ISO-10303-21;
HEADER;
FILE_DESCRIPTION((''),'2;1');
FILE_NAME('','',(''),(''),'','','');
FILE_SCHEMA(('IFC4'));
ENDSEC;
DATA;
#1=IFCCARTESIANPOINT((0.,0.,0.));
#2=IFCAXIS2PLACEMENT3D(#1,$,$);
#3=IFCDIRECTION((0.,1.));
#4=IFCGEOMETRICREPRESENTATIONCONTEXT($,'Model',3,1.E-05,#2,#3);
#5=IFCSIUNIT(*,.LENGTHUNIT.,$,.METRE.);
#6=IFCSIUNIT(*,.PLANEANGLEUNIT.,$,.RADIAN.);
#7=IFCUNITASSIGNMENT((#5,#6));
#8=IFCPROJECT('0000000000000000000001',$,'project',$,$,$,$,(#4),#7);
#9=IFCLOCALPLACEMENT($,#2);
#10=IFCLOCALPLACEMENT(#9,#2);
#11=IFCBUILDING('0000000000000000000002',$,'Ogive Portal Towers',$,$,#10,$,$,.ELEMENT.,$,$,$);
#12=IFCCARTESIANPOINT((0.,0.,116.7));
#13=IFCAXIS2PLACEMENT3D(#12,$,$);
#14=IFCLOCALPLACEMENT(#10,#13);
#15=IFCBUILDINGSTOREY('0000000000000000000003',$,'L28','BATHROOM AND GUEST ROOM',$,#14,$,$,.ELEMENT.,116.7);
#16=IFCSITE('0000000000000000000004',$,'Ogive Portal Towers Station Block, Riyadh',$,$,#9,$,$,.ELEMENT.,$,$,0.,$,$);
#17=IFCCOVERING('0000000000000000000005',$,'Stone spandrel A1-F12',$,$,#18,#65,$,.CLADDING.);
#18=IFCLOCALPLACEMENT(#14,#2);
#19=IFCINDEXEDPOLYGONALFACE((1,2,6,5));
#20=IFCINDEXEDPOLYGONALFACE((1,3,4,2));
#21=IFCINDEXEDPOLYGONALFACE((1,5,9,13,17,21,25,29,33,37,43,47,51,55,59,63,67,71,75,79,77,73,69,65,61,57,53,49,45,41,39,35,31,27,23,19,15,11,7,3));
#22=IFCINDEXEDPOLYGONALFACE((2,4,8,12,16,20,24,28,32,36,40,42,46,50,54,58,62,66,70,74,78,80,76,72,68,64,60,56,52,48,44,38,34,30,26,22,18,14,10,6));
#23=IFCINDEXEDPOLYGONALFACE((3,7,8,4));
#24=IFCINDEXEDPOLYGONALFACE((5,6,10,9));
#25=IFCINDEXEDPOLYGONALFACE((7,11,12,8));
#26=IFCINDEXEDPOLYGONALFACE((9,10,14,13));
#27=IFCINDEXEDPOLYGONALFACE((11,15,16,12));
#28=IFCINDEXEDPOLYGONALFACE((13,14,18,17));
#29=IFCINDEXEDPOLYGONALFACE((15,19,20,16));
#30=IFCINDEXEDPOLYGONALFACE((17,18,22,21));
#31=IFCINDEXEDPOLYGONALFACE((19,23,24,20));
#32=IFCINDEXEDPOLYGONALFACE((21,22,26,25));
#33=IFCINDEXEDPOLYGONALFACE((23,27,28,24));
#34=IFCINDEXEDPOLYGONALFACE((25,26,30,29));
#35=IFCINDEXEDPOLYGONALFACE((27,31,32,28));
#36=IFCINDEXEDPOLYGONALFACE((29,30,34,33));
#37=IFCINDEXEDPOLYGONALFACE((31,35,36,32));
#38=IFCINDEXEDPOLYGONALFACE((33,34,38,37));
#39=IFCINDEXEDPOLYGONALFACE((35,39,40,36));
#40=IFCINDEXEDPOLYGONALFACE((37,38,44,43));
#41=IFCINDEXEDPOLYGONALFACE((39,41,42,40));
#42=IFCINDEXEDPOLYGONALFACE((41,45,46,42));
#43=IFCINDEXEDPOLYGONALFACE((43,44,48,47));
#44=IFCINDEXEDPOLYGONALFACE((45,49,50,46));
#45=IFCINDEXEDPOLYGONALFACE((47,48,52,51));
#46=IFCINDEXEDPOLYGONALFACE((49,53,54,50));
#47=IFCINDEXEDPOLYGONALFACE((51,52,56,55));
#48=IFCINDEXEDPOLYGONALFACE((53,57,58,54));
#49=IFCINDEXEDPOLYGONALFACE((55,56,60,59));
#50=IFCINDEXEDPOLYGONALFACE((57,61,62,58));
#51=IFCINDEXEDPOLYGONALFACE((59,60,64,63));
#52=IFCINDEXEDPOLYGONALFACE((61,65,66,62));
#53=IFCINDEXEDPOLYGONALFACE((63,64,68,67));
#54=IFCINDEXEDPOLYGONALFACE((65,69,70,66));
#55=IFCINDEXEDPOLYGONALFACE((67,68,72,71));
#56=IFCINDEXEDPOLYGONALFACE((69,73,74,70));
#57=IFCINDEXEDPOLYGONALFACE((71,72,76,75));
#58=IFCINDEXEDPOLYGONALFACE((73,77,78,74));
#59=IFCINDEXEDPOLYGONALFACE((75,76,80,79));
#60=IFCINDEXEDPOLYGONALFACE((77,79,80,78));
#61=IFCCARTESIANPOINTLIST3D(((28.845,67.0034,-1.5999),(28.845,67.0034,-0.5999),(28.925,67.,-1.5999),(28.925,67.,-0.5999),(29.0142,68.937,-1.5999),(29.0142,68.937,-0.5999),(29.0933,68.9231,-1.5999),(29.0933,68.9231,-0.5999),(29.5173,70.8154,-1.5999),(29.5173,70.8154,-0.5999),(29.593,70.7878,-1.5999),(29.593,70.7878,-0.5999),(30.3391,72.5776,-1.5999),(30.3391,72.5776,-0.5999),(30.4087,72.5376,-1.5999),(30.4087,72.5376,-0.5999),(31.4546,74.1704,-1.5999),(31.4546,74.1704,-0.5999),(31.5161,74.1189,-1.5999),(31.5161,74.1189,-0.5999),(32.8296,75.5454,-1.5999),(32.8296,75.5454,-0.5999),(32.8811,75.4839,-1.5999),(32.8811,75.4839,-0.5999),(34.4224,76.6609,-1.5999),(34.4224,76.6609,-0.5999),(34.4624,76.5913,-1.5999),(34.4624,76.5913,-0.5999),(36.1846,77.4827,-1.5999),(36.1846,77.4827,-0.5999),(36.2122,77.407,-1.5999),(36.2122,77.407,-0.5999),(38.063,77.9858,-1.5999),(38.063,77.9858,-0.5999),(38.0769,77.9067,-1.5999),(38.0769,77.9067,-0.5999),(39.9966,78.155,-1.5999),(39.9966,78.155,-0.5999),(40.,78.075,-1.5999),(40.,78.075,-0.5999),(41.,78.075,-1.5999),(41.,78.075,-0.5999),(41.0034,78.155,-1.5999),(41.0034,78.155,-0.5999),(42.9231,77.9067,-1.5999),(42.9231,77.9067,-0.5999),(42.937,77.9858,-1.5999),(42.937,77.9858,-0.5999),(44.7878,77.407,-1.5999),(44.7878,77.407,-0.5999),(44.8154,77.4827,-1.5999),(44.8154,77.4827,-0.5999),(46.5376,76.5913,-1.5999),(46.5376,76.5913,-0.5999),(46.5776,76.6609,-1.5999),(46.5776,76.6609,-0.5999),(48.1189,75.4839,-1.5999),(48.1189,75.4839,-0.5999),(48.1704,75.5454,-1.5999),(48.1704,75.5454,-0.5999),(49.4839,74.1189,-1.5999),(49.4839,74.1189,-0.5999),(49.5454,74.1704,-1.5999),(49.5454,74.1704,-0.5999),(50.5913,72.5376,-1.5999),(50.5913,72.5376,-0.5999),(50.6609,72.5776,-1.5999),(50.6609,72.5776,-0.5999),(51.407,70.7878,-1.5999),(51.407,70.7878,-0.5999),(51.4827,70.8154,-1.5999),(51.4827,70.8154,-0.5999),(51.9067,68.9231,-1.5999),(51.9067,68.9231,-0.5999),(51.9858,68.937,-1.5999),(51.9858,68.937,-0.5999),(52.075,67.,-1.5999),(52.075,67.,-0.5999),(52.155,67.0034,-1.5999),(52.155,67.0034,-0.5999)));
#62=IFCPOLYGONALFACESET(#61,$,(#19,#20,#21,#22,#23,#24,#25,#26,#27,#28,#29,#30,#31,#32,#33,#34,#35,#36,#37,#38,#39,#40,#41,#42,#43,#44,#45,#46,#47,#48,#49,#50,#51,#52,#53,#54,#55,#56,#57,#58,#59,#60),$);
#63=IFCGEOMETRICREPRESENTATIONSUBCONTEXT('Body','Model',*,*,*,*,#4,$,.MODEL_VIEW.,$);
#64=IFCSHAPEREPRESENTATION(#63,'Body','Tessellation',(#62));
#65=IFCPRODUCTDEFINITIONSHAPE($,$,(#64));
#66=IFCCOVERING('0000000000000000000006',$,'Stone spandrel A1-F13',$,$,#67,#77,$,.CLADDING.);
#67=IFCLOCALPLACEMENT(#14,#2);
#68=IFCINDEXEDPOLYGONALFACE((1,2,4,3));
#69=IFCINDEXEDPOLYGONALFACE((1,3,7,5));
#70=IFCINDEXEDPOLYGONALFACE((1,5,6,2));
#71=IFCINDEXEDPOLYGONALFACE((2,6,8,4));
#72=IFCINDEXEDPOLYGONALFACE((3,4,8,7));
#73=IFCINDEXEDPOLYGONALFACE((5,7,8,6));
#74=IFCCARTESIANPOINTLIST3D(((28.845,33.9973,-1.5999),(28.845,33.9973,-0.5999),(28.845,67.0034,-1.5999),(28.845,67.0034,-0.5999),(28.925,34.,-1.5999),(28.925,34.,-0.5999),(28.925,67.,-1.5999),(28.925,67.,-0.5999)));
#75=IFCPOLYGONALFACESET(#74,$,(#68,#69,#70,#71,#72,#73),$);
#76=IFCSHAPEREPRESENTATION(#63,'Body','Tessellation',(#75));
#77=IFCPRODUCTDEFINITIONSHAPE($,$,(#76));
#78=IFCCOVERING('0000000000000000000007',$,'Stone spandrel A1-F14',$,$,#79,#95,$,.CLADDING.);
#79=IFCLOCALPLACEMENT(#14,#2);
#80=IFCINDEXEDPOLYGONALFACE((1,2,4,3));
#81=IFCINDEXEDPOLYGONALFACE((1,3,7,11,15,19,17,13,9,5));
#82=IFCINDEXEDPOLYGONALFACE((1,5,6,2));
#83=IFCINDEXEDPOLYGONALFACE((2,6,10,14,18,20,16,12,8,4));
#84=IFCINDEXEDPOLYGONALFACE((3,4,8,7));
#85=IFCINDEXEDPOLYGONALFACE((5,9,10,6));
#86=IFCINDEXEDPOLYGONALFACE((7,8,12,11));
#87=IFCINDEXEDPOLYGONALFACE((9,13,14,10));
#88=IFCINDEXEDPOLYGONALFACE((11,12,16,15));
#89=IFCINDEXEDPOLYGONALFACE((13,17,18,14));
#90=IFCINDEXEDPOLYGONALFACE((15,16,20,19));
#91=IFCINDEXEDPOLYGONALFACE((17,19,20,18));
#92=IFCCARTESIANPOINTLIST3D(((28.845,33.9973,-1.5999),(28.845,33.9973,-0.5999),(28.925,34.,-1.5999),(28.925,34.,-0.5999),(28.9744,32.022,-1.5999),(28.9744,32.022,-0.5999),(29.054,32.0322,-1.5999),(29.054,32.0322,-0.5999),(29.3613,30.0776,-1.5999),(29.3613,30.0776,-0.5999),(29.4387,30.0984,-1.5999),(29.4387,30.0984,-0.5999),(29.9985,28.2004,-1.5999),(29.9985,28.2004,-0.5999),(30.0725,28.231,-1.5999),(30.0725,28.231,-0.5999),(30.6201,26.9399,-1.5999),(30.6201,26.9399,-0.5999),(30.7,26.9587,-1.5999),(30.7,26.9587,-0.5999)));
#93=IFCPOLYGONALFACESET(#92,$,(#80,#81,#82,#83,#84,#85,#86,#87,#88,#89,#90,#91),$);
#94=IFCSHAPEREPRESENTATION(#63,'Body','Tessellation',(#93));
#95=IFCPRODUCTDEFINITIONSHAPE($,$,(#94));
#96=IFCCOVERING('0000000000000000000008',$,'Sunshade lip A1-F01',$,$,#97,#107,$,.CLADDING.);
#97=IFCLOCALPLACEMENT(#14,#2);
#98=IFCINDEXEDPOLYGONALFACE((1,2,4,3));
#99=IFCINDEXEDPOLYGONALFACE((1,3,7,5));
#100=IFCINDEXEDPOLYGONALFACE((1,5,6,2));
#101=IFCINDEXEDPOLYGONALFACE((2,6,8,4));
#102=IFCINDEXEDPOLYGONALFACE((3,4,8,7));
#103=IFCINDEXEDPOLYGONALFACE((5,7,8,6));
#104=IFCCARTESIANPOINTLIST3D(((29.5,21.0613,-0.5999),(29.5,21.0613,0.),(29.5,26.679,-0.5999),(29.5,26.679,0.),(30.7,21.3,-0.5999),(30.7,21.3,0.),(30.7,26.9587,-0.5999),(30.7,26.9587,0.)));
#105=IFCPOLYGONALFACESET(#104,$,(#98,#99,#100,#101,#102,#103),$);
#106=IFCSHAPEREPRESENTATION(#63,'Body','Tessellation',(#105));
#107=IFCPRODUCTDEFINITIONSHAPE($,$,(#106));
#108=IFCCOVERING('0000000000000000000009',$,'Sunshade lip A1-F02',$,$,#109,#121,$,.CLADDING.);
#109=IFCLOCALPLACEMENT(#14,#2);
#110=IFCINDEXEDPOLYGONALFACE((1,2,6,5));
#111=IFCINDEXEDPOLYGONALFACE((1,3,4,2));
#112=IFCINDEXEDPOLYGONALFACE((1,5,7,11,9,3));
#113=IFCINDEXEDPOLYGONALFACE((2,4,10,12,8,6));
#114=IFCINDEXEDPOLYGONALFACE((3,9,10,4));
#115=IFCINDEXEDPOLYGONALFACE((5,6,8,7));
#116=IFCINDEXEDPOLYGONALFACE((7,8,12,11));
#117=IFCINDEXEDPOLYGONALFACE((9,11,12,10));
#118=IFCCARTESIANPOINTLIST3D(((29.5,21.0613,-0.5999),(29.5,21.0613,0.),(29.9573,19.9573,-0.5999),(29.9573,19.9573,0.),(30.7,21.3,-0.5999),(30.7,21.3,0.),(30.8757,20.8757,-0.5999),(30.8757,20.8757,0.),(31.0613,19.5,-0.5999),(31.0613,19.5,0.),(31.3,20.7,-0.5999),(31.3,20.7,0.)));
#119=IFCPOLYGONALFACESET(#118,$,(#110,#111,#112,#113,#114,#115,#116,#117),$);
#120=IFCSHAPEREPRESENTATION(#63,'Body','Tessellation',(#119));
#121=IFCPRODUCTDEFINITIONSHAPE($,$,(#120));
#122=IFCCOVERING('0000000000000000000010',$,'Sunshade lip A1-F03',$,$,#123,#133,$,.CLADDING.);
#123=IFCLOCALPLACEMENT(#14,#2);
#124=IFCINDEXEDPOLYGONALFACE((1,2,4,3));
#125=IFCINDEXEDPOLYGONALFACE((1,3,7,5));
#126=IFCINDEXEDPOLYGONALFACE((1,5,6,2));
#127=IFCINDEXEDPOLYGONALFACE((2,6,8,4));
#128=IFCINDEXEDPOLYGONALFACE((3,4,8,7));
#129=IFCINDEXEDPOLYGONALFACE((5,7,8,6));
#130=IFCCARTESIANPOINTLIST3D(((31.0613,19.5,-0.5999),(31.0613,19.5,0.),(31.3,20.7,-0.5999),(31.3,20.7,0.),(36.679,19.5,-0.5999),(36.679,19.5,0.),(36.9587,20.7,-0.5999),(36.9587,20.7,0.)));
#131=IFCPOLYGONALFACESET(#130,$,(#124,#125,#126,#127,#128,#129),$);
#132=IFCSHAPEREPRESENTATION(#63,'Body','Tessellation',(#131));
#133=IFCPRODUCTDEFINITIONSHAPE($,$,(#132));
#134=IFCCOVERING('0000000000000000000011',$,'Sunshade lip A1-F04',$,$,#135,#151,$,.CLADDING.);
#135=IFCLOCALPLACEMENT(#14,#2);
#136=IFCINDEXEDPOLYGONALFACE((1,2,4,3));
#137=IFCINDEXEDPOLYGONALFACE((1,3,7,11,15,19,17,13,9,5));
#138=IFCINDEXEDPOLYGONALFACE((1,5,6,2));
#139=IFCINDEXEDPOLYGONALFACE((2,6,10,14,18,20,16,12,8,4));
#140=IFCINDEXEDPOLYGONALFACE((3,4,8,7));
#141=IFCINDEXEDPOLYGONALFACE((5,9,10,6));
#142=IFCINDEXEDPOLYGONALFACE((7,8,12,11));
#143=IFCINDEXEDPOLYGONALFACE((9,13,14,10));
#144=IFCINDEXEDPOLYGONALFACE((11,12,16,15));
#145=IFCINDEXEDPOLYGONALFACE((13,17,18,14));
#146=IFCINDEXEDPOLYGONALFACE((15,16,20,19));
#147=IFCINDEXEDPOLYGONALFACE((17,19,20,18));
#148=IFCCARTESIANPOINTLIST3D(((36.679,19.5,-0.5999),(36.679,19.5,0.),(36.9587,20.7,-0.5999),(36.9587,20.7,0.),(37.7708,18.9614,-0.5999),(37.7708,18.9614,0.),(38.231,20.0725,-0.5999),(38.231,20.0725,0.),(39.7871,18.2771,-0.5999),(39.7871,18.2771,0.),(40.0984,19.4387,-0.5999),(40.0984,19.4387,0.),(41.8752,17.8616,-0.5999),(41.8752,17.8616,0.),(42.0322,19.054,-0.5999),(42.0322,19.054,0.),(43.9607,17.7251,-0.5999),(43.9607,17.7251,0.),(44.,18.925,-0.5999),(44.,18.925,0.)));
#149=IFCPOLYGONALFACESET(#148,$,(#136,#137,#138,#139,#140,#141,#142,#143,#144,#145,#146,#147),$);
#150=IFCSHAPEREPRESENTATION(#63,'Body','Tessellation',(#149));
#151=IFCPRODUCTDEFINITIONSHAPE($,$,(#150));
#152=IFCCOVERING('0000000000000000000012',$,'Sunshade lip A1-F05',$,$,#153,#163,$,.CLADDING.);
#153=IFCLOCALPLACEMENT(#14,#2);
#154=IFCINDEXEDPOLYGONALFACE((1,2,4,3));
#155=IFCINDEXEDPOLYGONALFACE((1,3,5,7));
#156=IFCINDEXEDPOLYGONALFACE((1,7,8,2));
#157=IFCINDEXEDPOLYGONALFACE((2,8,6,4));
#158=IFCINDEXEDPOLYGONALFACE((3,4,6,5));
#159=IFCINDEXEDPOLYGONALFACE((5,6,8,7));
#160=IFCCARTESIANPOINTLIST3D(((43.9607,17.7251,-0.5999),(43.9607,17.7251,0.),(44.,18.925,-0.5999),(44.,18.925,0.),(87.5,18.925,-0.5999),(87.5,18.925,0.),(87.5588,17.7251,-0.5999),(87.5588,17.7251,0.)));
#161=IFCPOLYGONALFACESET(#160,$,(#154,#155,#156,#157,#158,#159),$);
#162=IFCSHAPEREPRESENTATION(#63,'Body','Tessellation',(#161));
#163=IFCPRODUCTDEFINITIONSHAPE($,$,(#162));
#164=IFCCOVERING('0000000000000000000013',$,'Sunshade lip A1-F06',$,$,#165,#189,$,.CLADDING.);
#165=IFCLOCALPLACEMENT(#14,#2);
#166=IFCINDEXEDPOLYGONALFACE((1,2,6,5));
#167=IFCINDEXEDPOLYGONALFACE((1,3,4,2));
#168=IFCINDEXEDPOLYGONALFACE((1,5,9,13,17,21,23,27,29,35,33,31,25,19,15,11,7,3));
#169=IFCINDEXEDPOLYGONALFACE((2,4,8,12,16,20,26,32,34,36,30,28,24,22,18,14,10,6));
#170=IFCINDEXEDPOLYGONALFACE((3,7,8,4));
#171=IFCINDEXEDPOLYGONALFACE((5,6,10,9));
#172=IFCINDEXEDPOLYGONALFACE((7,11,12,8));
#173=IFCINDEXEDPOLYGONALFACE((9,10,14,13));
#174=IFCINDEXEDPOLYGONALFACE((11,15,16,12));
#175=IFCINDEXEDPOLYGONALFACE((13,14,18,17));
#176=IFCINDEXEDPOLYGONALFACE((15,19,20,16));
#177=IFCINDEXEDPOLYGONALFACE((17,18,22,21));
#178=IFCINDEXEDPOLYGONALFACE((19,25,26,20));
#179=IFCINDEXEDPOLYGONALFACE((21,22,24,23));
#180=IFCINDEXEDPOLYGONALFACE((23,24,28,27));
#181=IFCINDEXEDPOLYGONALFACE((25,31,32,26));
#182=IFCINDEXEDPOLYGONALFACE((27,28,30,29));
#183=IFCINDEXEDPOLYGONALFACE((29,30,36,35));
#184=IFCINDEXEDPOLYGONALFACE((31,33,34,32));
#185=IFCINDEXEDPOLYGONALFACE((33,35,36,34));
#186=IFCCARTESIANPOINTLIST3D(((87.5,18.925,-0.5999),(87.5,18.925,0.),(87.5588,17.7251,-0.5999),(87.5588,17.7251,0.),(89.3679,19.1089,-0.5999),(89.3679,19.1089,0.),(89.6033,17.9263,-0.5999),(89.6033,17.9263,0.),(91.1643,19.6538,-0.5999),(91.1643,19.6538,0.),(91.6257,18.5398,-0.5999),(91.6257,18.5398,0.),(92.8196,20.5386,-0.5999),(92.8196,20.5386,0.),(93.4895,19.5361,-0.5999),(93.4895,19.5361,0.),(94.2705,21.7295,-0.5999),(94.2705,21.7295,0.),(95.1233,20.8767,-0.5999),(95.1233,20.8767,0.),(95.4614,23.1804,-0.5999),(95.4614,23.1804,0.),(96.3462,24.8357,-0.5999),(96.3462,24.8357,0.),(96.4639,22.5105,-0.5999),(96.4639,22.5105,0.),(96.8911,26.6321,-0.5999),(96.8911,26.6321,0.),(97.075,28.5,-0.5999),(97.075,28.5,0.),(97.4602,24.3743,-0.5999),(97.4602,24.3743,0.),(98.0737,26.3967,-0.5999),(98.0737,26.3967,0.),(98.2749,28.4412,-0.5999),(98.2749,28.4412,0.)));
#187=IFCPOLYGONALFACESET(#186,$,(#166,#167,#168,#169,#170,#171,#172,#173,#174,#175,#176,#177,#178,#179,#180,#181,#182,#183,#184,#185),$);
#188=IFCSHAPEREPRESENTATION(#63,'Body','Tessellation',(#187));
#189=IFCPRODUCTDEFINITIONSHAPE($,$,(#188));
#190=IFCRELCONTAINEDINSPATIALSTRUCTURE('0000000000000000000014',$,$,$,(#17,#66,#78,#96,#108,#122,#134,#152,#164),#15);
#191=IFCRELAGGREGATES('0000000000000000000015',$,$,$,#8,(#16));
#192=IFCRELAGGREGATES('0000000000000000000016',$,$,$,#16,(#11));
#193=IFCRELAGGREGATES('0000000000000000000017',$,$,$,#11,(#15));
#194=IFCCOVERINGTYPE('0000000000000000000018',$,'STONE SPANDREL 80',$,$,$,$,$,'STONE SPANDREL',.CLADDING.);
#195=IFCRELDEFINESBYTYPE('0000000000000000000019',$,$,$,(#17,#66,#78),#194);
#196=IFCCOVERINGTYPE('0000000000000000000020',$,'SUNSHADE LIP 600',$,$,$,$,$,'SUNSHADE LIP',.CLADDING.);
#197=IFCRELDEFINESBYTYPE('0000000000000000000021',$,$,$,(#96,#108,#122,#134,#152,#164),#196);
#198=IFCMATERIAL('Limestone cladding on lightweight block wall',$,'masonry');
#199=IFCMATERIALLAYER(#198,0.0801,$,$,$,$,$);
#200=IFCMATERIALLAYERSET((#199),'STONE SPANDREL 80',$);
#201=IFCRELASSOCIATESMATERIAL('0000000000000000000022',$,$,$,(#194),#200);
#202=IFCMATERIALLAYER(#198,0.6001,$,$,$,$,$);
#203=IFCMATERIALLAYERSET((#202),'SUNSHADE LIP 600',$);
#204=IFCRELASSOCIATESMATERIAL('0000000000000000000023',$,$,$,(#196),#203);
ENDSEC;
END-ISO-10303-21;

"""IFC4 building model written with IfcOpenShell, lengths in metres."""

from ifc_helpers import new_model, si_unit, direction, frame, origin, place, context, subcontext, project, spatial, polyline, outline, extrude, material, layer, layer_set, type_object, element, save


model = new_model("IFC4")

# Units and contexts
model_context = context("Model", 3, precision=1e-05, world=origin(), true_north=direction((0.0, 1.0)))
body_context = subcontext(model_context, "Body", "Model", "MODEL_VIEW")
ifc_project = project(units=[si_unit("LENGTHUNIT", "METRE"), si_unit("PLANEANGLEUNIT", "RADIAN")], contexts=[model_context])

# Site, building, storey
site_placement = place(None, origin())
site = spatial("IfcSite", under=ifc_project, at=site_placement, Name="Ogive Portal Towers Station Block, Riyadh", CompositionType="ELEMENT", RefElevation=0.0)
building_placement = place(site_placement, origin())
building = spatial("IfcBuilding", under=site, at=building_placement, Name="Ogive Portal Towers", CompositionType="ELEMENT")
storey_placement = place(building_placement, frame((0.0, 0.0, 116.7)))
storey = spatial("IfcBuildingStorey", under=building, at=storey_placement, Name="L28", Description="BATHROOM AND GUEST ROOM", CompositionType="ELEMENT", Elevation=116.7)

# Shared definitions
ifc_material_1 = material(Name="Limestone cladding on lightweight block wall", Category="masonry")

# Coverings
ifc_layer_1 = layer(ifc_material_1, 0.0801)
ifc_layer_set_1 = layer_set([ifc_layer_1], Name="STONE SPANDREL 80")
covering_type_1 = type_object("IfcCoveringType", Name="STONE SPANDREL 80", ElementType="STONE SPANDREL", PredefinedType="CLADDING", material=ifc_layer_set_1)
covering_1_placement = place(storey_placement, frame((0.0, 0.0, -1.5999)))
element("IfcCovering", 1, at=covering_1_placement, inside=storey, type_object=covering_type_1, Name="Stone spandrel A1-F12", PredefinedType="CLADDING", context=body_context, shape_type="SweptSolid", body=[
    extrude(outline(polyline([(52.075, 67.0), (51.9067, 68.9231), (51.407, 70.7878), (50.5913, 72.5376), (49.4839, 74.1189), (48.1189, 75.4839), (46.5376, 76.5913), (44.7878, 77.407), (42.9231, 77.9067), (41.0, 78.075), (40.0, 78.075), (38.0769, 77.9067), (36.2122, 77.407), (34.4624, 76.5913), (32.8811, 75.4839), (31.5161, 74.1189), (30.4087, 72.5376), (29.593, 70.7878), (29.0933, 68.9231), (28.925, 67.0), (28.845, 67.0034), (29.0142, 68.937), (29.5173, 70.8154), (30.3391, 72.5776), (31.4546, 74.1704), (32.8296, 75.5454), (34.4224, 76.6609), (36.1846, 77.4827), (38.063, 77.9858), (39.9966, 78.155), (41.0034, 78.155), (42.937, 77.9858), (44.8154, 77.4827), (46.5776, 76.6609), (48.1704, 75.5454), (49.5454, 74.1704), (50.6609, 72.5776), (51.4827, 70.8154), (51.9858, 68.937), (52.155, 67.0034), (52.075, 67.0)])), origin(), (0.0, 0.0, 1.0), 1.0),
])
covering_2_placement = place(storey_placement, frame((0.0, 0.0, -1.5999)))
element("IfcCovering", 2, at=covering_2_placement, inside=storey, type_object=covering_type_1, Name="Stone spandrel A1-F13", PredefinedType="CLADDING", context=body_context, shape_type="SweptSolid", body=[
    extrude(outline(polyline([(28.925, 67.0), (28.925, 34.0), (28.845, 33.9973), (28.845, 67.0034), (28.925, 67.0)])), origin(), (0.0, 0.0, 1.0), 1.0),
])
covering_3_placement = place(storey_placement, frame((0.0, 0.0, -1.5999)))
element("IfcCovering", 3, at=covering_3_placement, inside=storey, type_object=covering_type_1, Name="Stone spandrel A1-F14", PredefinedType="CLADDING", context=body_context, shape_type="SweptSolid", body=[
    extrude(outline(polyline([(28.925, 34.0), (29.054, 32.0322), (29.4387, 30.0984), (30.0725, 28.231), (30.7, 26.9587), (30.6201, 26.9399), (29.9985, 28.2004), (29.3613, 30.0776), (28.9744, 32.022), (28.845, 33.9973), (28.925, 34.0)])), origin(), (0.0, 0.0, 1.0), 1.0),
])
ifc_layer_2 = layer(ifc_material_1, 0.6001)
ifc_layer_set_2 = layer_set([ifc_layer_2], Name="SUNSHADE LIP 600")
covering_type_2 = type_object("IfcCoveringType", Name="SUNSHADE LIP 600", ElementType="SUNSHADE LIP", PredefinedType="CLADDING", material=ifc_layer_set_2)
covering_4_placement = place(storey_placement, frame((0.0, 0.0, -0.5999)))
element("IfcCovering", 4, at=covering_4_placement, inside=storey, type_object=covering_type_2, Name="Sunshade lip A1-F01", PredefinedType="CLADDING", context=body_context, shape_type="SweptSolid", body=[
    extrude(outline(polyline([(30.7, 26.9587), (30.7, 21.3), (29.5, 21.0613), (29.5, 26.679), (30.7, 26.9587)])), origin(), (0.0, 0.0, 1.0), 0.5999),
])
covering_5_placement = place(storey_placement, frame((0.0, 0.0, -0.5999)))
element("IfcCovering", 5, at=covering_5_placement, inside=storey, type_object=covering_type_2, Name="Sunshade lip A1-F02", PredefinedType="CLADDING", context=body_context, shape_type="SweptSolid", body=[
    extrude(outline(polyline([(30.7, 21.3), (30.8757, 20.8757), (31.3, 20.7), (31.0613, 19.5), (29.9573, 19.9573), (29.5, 21.0613), (30.7, 21.3)])), origin(), (0.0, 0.0, 1.0), 0.5999),
])
covering_6_placement = place(storey_placement, frame((0.0, 0.0, -0.5999)))
element("IfcCovering", 6, at=covering_6_placement, inside=storey, type_object=covering_type_2, Name="Sunshade lip A1-F03", PredefinedType="CLADDING", context=body_context, shape_type="SweptSolid", body=[
    extrude(outline(polyline([(31.3, 20.7), (36.9587, 20.7), (36.679, 19.5), (31.0613, 19.5), (31.3, 20.7)])), origin(), (0.0, 0.0, 1.0), 0.5999),
])
covering_7_placement = place(storey_placement, frame((0.0, 0.0, -0.5999)))
element("IfcCovering", 7, at=covering_7_placement, inside=storey, type_object=covering_type_2, Name="Sunshade lip A1-F04", PredefinedType="CLADDING", context=body_context, shape_type="SweptSolid", body=[
    extrude(outline(polyline([(36.9587, 20.7), (38.231, 20.0725), (40.0984, 19.4387), (42.0322, 19.054), (44.0, 18.925), (43.9607, 17.7251), (41.8752, 17.8616), (39.7871, 18.2771), (37.7708, 18.9614), (36.679, 19.5), (36.9587, 20.7)])), origin(), (0.0, 0.0, 1.0), 0.5999),
])
covering_8_placement = place(storey_placement, frame((0.0, 0.0, -0.5999)))
element("IfcCovering", 8, at=covering_8_placement, inside=storey, type_object=covering_type_2, Name="Sunshade lip A1-F05", PredefinedType="CLADDING", context=body_context, shape_type="SweptSolid", body=[
    extrude(outline(polyline([(44.0, 18.925), (87.5, 18.925), (87.5588, 17.7251), (43.9607, 17.7251), (44.0, 18.925)])), origin(), (0.0, 0.0, 1.0), 0.5999),
])
covering_9_placement = place(storey_placement, frame((0.0, 0.0, -0.5999)))
element("IfcCovering", 9, at=covering_9_placement, inside=storey, type_object=covering_type_2, Name="Sunshade lip A1-F06", PredefinedType="CLADDING", context=body_context, shape_type="SweptSolid", body=[
    extrude(outline(polyline([(87.5, 18.925), (89.3679, 19.1089), (91.1643, 19.6538), (92.8196, 20.5386), (94.2705, 21.7295), (95.4614, 23.1804), (96.3462, 24.8357), (96.8911, 26.6321), (97.075, 28.5), (98.2749, 28.4412), (98.0737, 26.3967), (97.4602, 24.3743), (96.4639, 22.5105), (95.1233, 20.8767), (93.4895, 19.5361), (91.6257, 18.5398), (89.6033, 17.9263), (87.5588, 17.7251), (87.5, 18.925)])), origin(), (0.0, 0.0, 1.0), 0.5999),
])

save(model, "model.ifc")
